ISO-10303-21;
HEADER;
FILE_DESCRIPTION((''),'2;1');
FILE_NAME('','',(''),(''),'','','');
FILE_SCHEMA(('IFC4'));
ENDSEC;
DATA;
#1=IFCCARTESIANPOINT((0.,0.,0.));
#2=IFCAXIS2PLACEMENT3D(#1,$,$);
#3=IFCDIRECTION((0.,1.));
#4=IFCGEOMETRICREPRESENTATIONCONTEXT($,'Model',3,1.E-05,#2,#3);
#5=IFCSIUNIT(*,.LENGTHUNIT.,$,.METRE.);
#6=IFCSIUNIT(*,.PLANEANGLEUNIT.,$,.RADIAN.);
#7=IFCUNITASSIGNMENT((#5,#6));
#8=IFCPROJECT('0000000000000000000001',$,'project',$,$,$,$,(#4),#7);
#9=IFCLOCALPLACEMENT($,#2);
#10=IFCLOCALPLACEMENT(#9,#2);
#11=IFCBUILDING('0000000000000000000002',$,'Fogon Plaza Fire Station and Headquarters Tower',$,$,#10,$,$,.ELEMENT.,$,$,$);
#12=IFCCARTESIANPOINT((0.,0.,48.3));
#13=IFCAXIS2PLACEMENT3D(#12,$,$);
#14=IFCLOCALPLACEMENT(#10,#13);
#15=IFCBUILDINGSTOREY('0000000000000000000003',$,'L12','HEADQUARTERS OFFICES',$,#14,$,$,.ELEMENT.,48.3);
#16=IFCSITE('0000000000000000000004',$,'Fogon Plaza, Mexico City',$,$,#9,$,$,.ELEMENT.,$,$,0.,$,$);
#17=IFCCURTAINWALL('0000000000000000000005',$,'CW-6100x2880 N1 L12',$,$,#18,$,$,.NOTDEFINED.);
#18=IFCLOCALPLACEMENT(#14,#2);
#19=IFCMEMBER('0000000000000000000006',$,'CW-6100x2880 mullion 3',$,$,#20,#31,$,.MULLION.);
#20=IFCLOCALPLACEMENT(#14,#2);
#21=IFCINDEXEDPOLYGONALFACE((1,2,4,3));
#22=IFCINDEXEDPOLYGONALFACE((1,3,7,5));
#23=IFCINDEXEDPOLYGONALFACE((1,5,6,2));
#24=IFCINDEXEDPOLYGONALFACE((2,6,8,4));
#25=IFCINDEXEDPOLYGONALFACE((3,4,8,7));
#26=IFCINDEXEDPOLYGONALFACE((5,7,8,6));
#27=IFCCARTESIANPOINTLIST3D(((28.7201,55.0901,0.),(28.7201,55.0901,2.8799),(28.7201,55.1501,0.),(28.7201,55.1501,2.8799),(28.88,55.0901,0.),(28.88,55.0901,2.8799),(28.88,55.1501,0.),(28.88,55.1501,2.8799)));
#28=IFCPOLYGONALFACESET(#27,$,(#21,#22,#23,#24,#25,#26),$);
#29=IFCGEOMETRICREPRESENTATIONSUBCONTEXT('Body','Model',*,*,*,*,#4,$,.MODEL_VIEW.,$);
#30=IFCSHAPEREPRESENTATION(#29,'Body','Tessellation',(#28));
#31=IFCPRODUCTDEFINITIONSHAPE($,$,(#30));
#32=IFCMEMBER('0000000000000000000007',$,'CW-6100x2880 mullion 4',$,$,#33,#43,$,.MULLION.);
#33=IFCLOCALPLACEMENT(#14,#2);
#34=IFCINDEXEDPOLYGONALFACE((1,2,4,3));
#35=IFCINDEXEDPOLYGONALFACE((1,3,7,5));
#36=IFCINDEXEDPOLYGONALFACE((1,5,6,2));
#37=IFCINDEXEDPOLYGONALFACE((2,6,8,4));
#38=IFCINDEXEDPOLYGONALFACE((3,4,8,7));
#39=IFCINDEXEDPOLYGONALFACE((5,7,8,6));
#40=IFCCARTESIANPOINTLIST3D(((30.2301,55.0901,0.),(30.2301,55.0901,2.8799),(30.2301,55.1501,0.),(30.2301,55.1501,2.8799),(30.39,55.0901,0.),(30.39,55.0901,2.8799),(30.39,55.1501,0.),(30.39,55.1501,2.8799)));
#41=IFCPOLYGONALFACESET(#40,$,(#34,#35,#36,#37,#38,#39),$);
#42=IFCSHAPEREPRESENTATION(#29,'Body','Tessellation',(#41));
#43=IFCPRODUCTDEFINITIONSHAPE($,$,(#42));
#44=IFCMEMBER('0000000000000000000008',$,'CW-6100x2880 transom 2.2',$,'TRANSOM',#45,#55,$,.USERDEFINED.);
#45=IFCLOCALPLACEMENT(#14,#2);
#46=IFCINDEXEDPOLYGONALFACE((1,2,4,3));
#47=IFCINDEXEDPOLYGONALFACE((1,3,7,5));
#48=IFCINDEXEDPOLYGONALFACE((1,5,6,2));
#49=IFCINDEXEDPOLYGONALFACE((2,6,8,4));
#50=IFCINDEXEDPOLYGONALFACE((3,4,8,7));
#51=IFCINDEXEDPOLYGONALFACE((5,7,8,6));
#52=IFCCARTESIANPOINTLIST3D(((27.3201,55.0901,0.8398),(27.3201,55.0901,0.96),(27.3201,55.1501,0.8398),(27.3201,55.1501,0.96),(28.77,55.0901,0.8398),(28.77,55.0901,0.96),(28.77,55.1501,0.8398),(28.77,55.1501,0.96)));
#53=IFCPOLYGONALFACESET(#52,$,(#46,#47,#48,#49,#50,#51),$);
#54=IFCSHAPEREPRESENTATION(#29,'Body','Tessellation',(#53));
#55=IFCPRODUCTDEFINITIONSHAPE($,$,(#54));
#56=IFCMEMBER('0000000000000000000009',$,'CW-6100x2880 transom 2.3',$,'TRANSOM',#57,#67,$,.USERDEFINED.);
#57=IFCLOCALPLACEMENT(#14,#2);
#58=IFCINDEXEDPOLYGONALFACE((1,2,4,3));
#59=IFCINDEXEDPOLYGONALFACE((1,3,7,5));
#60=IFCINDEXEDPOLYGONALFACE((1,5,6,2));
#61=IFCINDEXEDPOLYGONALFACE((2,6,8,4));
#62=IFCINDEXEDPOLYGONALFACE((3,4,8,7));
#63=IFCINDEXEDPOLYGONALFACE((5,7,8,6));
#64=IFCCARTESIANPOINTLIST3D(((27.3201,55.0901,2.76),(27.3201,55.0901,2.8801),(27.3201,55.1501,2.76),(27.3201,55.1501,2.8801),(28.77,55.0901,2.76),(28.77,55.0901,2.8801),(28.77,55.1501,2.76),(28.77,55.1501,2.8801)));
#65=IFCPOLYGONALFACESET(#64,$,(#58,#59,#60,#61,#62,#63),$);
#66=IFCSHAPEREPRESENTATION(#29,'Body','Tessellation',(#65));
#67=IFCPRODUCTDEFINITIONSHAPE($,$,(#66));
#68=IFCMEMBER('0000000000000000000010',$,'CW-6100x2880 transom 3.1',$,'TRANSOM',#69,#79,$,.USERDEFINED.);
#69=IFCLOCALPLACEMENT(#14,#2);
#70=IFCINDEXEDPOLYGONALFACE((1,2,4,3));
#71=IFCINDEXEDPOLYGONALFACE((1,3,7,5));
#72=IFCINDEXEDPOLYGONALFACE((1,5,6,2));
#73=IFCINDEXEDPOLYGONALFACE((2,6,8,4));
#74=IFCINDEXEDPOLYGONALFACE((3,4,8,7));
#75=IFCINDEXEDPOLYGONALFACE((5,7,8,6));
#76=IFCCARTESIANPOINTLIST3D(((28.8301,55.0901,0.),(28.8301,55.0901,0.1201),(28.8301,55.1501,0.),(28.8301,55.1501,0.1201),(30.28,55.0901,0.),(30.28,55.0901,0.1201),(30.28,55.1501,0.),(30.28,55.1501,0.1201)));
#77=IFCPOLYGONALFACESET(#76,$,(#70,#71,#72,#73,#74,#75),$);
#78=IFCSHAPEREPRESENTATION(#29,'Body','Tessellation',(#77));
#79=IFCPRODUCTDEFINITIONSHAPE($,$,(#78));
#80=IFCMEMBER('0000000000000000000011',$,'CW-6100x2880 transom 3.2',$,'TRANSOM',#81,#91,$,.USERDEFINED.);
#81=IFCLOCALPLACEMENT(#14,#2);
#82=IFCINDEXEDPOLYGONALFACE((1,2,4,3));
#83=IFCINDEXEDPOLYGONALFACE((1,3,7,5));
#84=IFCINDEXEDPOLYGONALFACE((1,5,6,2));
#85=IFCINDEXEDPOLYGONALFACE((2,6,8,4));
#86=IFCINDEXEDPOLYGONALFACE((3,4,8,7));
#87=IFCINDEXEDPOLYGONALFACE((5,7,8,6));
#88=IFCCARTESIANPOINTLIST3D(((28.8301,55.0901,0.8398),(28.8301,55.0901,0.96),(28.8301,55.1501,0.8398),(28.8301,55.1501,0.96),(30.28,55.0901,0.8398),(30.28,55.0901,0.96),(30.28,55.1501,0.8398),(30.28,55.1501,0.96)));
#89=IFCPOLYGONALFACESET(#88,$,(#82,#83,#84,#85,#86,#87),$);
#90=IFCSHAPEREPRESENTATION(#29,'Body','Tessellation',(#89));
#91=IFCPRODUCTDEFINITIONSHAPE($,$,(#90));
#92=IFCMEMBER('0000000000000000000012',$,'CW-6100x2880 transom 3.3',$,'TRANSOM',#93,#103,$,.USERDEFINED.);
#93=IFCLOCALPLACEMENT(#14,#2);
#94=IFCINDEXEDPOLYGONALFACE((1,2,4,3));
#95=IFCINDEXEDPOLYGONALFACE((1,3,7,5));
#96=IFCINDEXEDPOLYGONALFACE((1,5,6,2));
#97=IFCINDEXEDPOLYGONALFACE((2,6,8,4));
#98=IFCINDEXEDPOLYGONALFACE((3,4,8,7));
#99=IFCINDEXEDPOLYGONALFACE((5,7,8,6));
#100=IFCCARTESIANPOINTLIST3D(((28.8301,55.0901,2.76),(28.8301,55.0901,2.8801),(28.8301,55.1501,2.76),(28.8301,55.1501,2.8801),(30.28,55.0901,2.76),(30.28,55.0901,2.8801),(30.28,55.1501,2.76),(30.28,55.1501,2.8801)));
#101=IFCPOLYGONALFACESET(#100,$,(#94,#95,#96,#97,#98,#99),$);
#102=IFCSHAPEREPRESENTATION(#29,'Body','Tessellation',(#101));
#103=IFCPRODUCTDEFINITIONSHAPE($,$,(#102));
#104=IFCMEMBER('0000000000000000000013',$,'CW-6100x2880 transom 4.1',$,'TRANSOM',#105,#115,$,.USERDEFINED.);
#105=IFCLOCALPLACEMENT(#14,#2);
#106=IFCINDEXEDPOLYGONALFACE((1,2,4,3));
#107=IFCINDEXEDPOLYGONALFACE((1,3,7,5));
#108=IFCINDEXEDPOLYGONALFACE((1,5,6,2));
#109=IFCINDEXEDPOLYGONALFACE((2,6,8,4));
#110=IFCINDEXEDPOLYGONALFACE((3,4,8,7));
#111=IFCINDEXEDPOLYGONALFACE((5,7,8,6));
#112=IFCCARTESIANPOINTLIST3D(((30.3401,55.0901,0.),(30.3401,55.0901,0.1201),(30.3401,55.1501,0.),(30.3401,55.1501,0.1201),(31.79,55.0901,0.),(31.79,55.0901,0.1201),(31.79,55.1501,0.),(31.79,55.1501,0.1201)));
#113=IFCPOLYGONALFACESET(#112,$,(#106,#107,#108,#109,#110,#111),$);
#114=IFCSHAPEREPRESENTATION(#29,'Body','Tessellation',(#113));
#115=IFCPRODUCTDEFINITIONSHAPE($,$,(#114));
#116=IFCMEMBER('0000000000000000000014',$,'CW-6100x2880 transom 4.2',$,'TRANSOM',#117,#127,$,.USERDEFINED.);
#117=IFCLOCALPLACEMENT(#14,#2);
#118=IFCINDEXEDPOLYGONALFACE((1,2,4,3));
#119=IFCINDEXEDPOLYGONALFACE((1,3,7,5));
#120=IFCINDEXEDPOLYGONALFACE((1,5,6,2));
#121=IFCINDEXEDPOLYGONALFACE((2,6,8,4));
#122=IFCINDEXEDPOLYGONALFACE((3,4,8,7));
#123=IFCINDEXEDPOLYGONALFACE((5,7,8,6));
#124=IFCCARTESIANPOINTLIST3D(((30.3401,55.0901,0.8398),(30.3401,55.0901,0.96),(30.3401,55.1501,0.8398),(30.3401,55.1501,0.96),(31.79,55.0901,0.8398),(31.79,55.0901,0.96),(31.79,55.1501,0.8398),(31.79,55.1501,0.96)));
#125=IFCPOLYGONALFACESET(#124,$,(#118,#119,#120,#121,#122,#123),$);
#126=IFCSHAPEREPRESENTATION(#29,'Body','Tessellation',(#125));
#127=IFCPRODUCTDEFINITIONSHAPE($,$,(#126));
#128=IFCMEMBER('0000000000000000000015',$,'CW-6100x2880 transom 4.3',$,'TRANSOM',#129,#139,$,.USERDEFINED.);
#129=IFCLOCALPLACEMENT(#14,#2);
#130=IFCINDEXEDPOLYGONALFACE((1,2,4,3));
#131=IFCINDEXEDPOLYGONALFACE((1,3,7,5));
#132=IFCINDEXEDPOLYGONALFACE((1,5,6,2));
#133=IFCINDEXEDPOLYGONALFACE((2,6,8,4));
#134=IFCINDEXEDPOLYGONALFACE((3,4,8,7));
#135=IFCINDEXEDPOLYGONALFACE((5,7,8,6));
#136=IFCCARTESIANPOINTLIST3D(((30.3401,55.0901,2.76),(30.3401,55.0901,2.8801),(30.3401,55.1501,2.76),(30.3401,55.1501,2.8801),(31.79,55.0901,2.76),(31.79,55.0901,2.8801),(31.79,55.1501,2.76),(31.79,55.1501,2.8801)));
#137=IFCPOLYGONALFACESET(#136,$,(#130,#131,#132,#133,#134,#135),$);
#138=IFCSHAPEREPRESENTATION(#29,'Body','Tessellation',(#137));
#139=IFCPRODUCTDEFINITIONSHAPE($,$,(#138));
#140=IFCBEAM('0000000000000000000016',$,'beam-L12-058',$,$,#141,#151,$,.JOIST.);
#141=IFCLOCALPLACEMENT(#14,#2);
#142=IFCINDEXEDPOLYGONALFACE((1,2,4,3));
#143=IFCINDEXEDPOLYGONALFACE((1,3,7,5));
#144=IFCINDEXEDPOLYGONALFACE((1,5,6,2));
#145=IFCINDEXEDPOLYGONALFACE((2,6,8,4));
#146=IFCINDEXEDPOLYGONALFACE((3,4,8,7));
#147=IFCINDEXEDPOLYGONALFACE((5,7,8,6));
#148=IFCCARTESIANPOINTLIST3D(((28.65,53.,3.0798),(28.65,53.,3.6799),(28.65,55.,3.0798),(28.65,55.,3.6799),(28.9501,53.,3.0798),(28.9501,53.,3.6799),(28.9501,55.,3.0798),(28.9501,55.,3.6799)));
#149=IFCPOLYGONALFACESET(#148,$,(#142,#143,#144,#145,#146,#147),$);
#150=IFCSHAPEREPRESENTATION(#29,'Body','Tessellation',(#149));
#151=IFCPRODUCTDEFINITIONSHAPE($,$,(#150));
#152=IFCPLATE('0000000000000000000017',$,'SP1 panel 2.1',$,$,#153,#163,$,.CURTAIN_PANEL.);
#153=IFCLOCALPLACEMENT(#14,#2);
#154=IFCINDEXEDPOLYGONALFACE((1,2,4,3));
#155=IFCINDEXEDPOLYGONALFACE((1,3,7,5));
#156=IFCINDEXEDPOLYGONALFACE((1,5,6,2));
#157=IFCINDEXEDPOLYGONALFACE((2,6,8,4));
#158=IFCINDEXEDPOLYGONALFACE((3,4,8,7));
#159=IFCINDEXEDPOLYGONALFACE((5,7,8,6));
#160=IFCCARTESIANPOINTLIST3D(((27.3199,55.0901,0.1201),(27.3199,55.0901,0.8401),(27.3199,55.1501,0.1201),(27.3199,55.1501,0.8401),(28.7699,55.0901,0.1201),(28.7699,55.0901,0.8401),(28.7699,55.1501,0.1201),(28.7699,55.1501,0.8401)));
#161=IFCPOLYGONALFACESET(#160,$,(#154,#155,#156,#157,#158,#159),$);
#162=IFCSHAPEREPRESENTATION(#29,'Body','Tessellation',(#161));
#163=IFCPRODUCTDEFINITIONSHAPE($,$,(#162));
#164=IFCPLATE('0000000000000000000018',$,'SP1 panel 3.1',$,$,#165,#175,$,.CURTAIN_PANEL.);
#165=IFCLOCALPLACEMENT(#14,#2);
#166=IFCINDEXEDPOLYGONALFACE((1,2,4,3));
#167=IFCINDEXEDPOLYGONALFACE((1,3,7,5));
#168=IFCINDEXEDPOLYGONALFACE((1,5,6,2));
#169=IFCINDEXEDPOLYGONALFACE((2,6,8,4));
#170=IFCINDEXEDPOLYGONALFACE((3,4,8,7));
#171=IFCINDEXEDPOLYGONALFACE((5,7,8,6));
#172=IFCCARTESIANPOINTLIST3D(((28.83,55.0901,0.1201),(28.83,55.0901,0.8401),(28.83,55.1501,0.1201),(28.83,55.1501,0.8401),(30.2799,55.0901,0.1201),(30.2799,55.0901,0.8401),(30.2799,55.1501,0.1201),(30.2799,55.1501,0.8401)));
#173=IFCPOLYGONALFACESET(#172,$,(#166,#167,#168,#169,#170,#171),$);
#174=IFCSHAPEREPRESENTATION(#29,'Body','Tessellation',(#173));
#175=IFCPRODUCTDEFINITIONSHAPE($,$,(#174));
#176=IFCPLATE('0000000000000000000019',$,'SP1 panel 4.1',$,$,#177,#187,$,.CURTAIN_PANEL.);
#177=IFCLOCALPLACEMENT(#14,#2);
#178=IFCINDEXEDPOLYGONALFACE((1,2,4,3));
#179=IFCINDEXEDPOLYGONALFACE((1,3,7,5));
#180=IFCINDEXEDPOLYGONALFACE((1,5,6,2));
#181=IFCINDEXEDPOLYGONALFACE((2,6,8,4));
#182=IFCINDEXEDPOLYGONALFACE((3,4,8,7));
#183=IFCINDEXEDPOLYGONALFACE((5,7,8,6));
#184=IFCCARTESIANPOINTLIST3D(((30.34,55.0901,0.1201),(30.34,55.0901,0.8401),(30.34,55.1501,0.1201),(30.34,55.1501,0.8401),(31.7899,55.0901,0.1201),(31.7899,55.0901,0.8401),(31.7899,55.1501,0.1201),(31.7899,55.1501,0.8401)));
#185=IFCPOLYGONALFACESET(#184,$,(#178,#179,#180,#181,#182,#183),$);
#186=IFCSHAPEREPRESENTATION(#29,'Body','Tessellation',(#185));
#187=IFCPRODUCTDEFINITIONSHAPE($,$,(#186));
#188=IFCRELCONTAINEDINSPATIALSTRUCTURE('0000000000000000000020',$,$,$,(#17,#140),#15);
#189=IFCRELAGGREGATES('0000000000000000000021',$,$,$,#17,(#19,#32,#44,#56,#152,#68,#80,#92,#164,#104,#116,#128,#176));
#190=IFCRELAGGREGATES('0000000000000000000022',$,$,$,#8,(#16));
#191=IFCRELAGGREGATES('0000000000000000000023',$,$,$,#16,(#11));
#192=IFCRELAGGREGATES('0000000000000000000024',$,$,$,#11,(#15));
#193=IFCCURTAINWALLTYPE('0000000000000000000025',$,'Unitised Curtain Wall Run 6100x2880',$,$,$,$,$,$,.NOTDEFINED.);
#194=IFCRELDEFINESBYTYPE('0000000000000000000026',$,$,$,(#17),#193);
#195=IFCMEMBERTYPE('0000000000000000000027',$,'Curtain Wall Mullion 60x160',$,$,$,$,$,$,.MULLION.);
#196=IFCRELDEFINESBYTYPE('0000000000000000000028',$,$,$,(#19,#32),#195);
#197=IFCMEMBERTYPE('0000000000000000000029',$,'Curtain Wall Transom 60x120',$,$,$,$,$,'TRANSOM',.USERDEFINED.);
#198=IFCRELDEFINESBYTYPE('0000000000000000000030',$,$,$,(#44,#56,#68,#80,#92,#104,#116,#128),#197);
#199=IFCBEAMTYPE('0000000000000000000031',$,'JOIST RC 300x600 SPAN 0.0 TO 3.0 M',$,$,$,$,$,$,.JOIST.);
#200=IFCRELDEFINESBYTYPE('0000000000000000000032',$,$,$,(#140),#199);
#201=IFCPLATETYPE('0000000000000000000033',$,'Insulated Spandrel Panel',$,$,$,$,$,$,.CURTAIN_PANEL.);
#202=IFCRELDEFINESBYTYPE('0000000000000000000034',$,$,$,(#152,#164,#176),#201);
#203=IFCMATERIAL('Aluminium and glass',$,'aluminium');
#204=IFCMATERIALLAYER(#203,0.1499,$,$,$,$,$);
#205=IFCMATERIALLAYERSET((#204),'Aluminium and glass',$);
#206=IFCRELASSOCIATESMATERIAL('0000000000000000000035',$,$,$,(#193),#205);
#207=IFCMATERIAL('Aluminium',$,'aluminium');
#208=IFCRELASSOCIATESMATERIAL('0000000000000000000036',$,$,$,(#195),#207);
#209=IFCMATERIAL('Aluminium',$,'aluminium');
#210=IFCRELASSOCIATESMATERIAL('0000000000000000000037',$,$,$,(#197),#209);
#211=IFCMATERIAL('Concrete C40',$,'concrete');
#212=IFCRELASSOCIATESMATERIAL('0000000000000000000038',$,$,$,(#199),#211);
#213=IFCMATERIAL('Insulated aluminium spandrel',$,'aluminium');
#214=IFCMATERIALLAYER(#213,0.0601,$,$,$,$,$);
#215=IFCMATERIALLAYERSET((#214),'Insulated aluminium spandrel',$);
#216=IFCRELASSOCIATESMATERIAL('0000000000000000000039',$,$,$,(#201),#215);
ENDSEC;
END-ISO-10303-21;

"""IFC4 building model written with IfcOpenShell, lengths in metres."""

from ifc_helpers import new_model, si_unit, direction, frame, origin, origin_2d, place, context, subcontext, project, spatial, rectangle, extrude, material, layer, layer_set, material_profile, profile_set, type_object, element, aggregate, save


model = new_model("IFC4")

# Units and contexts
model_context = context("Model", 3, precision=1e-05, world=origin(), true_north=direction((0.0, 1.0)))
body_context = subcontext(model_context, "Body", "Model", "MODEL_VIEW")
ifc_project = project(units=[si_unit("LENGTHUNIT", "METRE"), si_unit("PLANEANGLEUNIT", "RADIAN")], contexts=[model_context])

# Site, building, storey
site_placement = place(None, origin())
site = spatial("IfcSite", under=ifc_project, at=site_placement, Name="Fogon Plaza, Mexico City", CompositionType="ELEMENT", RefElevation=0.0)
building_placement = place(site_placement, origin())
building = spatial("IfcBuilding", under=site, at=building_placement, Name="Fogon Plaza Fire Station and Headquarters Tower", CompositionType="ELEMENT")
storey_placement = place(building_placement, frame((0.0, 0.0, 48.3)))
storey = spatial("IfcBuildingStorey", under=building, at=storey_placement, Name="L12", Description="HEADQUARTERS OFFICES", CompositionType="ELEMENT", Elevation=48.3)

# Curtain wall, members
ifc_material_1 = material(Name="Aluminium and glass", Category="aluminium")
ifc_layer_1 = layer(ifc_material_1, 0.1499)
ifc_layer_set_1 = layer_set([ifc_layer_1], Name="Aluminium and glass")
curtain_wall_type = type_object("IfcCurtainWallType", Name="Unitised Curtain Wall Run 6100x2880", PredefinedType="NOTDEFINED", material=ifc_layer_set_1)
curtain_wall_placement = place(storey_placement, origin())
curtain_wall = element("IfcCurtainWall", 1, at=curtain_wall_placement, inside=storey, type_object=curtain_wall_type, Name="CW-6100x2880 N1 L12", PredefinedType="NOTDEFINED")
ifc_material_2 = material(Name="Aluminium", Category="aluminium")
ifc_material_profile_1 = material_profile(ifc_material_2, rectangle(XDim=0.0601, YDim=0.1599, at=origin_2d()), Name="Curtain Wall Mullion 60x160")
ifc_profile_set_1 = profile_set([ifc_material_profile_1], Name="Aluminium")
member_type_1 = type_object("IfcMemberType", Name="Curtain Wall Mullion 60x160", PredefinedType="MULLION", material=ifc_profile_set_1)
member_1_placement = place(storey_placement, frame((28.8, 55.1201, 0.0), z_axis=(0.0, 0.0, 1.0), x_axis=(0.0, 1.0, 0.0)))
member_1 = element("IfcMember", 2, at=member_1_placement, type_object=member_type_1, Name="CW-6100x2880 mullion 3", PredefinedType="MULLION", context=body_context, shape_type="SweptSolid", body=[
    extrude(rectangle(XDim=0.0601, YDim=0.1599, at=origin_2d()), origin(), (0.0, 0.0, 1.0), 2.8799),
])
member_2_placement = place(storey_placement, frame((30.3101, 55.1201, 0.0), z_axis=(0.0, 0.0, 1.0), x_axis=(0.0, 1.0, 0.0)))
member_2 = element("IfcMember", 3, at=member_2_placement, type_object=member_type_1, Name="CW-6100x2880 mullion 4", PredefinedType="MULLION", context=body_context, shape_type="SweptSolid", body=[
    extrude(rectangle(XDim=0.0601, YDim=0.1599, at=origin_2d()), origin(), (0.0, 0.0, 1.0), 2.8799),
])
ifc_material_3 = material(Name="Aluminium", Category="aluminium")
ifc_material_profile_2 = material_profile(ifc_material_3, rectangle(XDim=0.0601, YDim=0.1201, at=origin_2d()), Name="Curtain Wall Transom 60x120")
ifc_profile_set_2 = profile_set([ifc_material_profile_2], Name="Aluminium")
member_type_2 = type_object("IfcMemberType", Name="Curtain Wall Transom 60x120", ElementType="TRANSOM", PredefinedType="USERDEFINED", material=ifc_profile_set_2)
member_3_placement = place(storey_placement, frame((27.3201, 55.1201, 0.8999), z_axis=(1.0, 0.0, 0.0), x_axis=(0.0, 1.0, 0.0)))
member_3 = element("IfcMember", 4, at=member_3_placement, type_object=member_type_2, Name="CW-6100x2880 transom 2.2", ObjectType="TRANSOM", PredefinedType="USERDEFINED", context=body_context, shape_type="SweptSolid", body=[
    extrude(rectangle(XDim=0.0601, YDim=0.1201, at=origin_2d()), origin(), (0.0, 0.0, 1.0), 1.45),
])
member_4_placement = place(storey_placement, frame((27.3201, 55.1201, 2.8201), z_axis=(1.0, 0.0, 0.0), x_axis=(0.0, 1.0, 0.0)))
member_4 = element("IfcMember", 5, at=member_4_placement, type_object=member_type_2, Name="CW-6100x2880 transom 2.3", ObjectType="TRANSOM", PredefinedType="USERDEFINED", context=body_context, shape_type="SweptSolid", body=[
    extrude(rectangle(XDim=0.0601, YDim=0.1201, at=origin_2d()), origin(), (0.0, 0.0, 1.0), 1.45),
])
member_5_placement = place(storey_placement, frame((28.8301, 55.1201, 0.0601), z_axis=(1.0, 0.0, 0.0), x_axis=(0.0, 1.0, 0.0)))
member_5 = element("IfcMember", 6, at=member_5_placement, type_object=member_type_2, Name="CW-6100x2880 transom 3.1", ObjectType="TRANSOM", PredefinedType="USERDEFINED", context=body_context, shape_type="SweptSolid", body=[
    extrude(rectangle(XDim=0.0601, YDim=0.1201, at=origin_2d()), origin(), (0.0, 0.0, 1.0), 1.45),
])
member_6_placement = place(storey_placement, frame((28.8301, 55.1201, 0.8999), z_axis=(1.0, 0.0, 0.0), x_axis=(0.0, 1.0, 0.0)))
member_6 = element("IfcMember", 7, at=member_6_placement, type_object=member_type_2, Name="CW-6100x2880 transom 3.2", ObjectType="TRANSOM", PredefinedType="USERDEFINED", context=body_context, shape_type="SweptSolid", body=[
    extrude(rectangle(XDim=0.0601, YDim=0.1201, at=origin_2d()), origin(), (0.0, 0.0, 1.0), 1.45),
])
member_7_placement = place(storey_placement, frame((28.8301, 55.1201, 2.8201), z_axis=(1.0, 0.0, 0.0), x_axis=(0.0, 1.0, 0.0)))
member_7 = element("IfcMember", 8, at=member_7_placement, type_object=member_type_2, Name="CW-6100x2880 transom 3.3", ObjectType="TRANSOM", PredefinedType="USERDEFINED", context=body_context, shape_type="SweptSolid", body=[
    extrude(rectangle(XDim=0.0601, YDim=0.1201, at=origin_2d()), origin(), (0.0, 0.0, 1.0), 1.45),
])
member_8_placement = place(storey_placement, frame((30.3401, 55.1201, 0.0601), z_axis=(1.0, 0.0, 0.0), x_axis=(0.0, 1.0, 0.0)))
member_8 = element("IfcMember", 9, at=member_8_placement, type_object=member_type_2, Name="CW-6100x2880 transom 4.1", ObjectType="TRANSOM", PredefinedType="USERDEFINED", context=body_context, shape_type="SweptSolid", body=[
    extrude(rectangle(XDim=0.0601, YDim=0.1201, at=origin_2d()), origin(), (0.0, 0.0, 1.0), 1.45),
])
member_9_placement = place(storey_placement, frame((30.3401, 55.1201, 0.8999), z_axis=(1.0, 0.0, 0.0), x_axis=(0.0, 1.0, 0.0)))
member_9 = element("IfcMember", 10, at=member_9_placement, type_object=member_type_2, Name="CW-6100x2880 transom 4.2", ObjectType="TRANSOM", PredefinedType="USERDEFINED", context=body_context, shape_type="SweptSolid", body=[
    extrude(rectangle(XDim=0.0601, YDim=0.1201, at=origin_2d()), origin(), (0.0, 0.0, 1.0), 1.45),
])
member_10_placement = place(storey_placement, frame((30.3401, 55.1201, 2.8201), z_axis=(1.0, 0.0, 0.0), x_axis=(0.0, 1.0, 0.0)))
member_10 = element("IfcMember", 11, at=member_10_placement, type_object=member_type_2, Name="CW-6100x2880 transom 4.3", ObjectType="TRANSOM", PredefinedType="USERDEFINED", context=body_context, shape_type="SweptSolid", body=[
    extrude(rectangle(XDim=0.0601, YDim=0.1201, at=origin_2d()), origin(), (0.0, 0.0, 1.0), 1.45),
])

# Beam
ifc_material_4 = material(Name="Concrete C40", Category="concrete")
ifc_material_profile_3 = material_profile(ifc_material_4, rectangle(XDim=0.3, YDim=0.6001, at=origin_2d()), Name="RC 300x600")
ifc_profile_set_3 = profile_set([ifc_material_profile_3], Name="Concrete C40")
beam_type = type_object("IfcBeamType", Name="JOIST RC 300x600 SPAN 0.0 TO 3.0 M", PredefinedType="JOIST", material=ifc_profile_set_3)
beam_placement = place(storey_placement, frame((28.8, 53.0, 3.3799), z_axis=(0.0, 1.0, 0.0), x_axis=(-1.0, 0.0, 0.0)))
element("IfcBeam", 12, at=beam_placement, inside=storey, type_object=beam_type, Name="beam-L12-058", PredefinedType="JOIST", context=body_context, shape_type="SweptSolid", body=[
    extrude(rectangle(XDim=0.3, YDim=0.6001, at=origin_2d()), origin(), (0.0, 0.0, 1.0), 2.0),
])

# Plates
ifc_material_5 = material(Name="Insulated aluminium spandrel", Category="aluminium")
ifc_layer_2 = layer(ifc_material_5, 0.0601)
ifc_layer_set_2 = layer_set([ifc_layer_2], Name="Insulated aluminium spandrel")
plate_type_1 = type_object("IfcPlateType", Name="Insulated Spandrel Panel", PredefinedType="CURTAIN_PANEL", material=ifc_layer_set_2)
plate_1_placement = place(storey_placement, frame((28.0449, 55.1201, 0.1201), z_axis=(0.0, 0.0, 1.0), x_axis=(1.0, 0.0, 0.0)))
plate_1 = element("IfcPlate", 13, at=plate_1_placement, type_object=plate_type_1, Name="SP1 panel 2.1", PredefinedType="CURTAIN_PANEL", context=body_context, shape_type="SweptSolid", body=[
    extrude(rectangle(XDim=1.45, YDim=0.0601, at=origin_2d()), origin(), (0.0, 0.0, 1.0), 0.72),
])
plate_2_placement = place(storey_placement, frame((29.5549, 55.1201, 0.1201), z_axis=(0.0, 0.0, 1.0), x_axis=(1.0, 0.0, 0.0)))
plate_2 = element("IfcPlate", 14, at=plate_2_placement, type_object=plate_type_1, Name="SP1 panel 3.1", PredefinedType="CURTAIN_PANEL", context=body_context, shape_type="SweptSolid", body=[
    extrude(rectangle(XDim=1.45, YDim=0.0601, at=origin_2d()), origin(), (0.0, 0.0, 1.0), 0.72),
])
plate_3_placement = place(storey_placement, frame((31.0649, 55.1201, 0.1201), z_axis=(0.0, 0.0, 1.0), x_axis=(1.0, 0.0, 0.0)))
plate_3 = element("IfcPlate", 15, at=plate_3_placement, type_object=plate_type_1, Name="SP1 panel 4.1", PredefinedType="CURTAIN_PANEL", context=body_context, shape_type="SweptSolid", body=[
    extrude(rectangle(XDim=1.45, YDim=0.0601, at=origin_2d()), origin(), (0.0, 0.0, 1.0), 0.72),
])
aggregate(curtain_wall, [member_1, member_2, member_3, member_4, plate_1, member_5, member_6, member_7, plate_2, member_8, member_9, member_10, plate_3])

save(model, "model.ifc")
